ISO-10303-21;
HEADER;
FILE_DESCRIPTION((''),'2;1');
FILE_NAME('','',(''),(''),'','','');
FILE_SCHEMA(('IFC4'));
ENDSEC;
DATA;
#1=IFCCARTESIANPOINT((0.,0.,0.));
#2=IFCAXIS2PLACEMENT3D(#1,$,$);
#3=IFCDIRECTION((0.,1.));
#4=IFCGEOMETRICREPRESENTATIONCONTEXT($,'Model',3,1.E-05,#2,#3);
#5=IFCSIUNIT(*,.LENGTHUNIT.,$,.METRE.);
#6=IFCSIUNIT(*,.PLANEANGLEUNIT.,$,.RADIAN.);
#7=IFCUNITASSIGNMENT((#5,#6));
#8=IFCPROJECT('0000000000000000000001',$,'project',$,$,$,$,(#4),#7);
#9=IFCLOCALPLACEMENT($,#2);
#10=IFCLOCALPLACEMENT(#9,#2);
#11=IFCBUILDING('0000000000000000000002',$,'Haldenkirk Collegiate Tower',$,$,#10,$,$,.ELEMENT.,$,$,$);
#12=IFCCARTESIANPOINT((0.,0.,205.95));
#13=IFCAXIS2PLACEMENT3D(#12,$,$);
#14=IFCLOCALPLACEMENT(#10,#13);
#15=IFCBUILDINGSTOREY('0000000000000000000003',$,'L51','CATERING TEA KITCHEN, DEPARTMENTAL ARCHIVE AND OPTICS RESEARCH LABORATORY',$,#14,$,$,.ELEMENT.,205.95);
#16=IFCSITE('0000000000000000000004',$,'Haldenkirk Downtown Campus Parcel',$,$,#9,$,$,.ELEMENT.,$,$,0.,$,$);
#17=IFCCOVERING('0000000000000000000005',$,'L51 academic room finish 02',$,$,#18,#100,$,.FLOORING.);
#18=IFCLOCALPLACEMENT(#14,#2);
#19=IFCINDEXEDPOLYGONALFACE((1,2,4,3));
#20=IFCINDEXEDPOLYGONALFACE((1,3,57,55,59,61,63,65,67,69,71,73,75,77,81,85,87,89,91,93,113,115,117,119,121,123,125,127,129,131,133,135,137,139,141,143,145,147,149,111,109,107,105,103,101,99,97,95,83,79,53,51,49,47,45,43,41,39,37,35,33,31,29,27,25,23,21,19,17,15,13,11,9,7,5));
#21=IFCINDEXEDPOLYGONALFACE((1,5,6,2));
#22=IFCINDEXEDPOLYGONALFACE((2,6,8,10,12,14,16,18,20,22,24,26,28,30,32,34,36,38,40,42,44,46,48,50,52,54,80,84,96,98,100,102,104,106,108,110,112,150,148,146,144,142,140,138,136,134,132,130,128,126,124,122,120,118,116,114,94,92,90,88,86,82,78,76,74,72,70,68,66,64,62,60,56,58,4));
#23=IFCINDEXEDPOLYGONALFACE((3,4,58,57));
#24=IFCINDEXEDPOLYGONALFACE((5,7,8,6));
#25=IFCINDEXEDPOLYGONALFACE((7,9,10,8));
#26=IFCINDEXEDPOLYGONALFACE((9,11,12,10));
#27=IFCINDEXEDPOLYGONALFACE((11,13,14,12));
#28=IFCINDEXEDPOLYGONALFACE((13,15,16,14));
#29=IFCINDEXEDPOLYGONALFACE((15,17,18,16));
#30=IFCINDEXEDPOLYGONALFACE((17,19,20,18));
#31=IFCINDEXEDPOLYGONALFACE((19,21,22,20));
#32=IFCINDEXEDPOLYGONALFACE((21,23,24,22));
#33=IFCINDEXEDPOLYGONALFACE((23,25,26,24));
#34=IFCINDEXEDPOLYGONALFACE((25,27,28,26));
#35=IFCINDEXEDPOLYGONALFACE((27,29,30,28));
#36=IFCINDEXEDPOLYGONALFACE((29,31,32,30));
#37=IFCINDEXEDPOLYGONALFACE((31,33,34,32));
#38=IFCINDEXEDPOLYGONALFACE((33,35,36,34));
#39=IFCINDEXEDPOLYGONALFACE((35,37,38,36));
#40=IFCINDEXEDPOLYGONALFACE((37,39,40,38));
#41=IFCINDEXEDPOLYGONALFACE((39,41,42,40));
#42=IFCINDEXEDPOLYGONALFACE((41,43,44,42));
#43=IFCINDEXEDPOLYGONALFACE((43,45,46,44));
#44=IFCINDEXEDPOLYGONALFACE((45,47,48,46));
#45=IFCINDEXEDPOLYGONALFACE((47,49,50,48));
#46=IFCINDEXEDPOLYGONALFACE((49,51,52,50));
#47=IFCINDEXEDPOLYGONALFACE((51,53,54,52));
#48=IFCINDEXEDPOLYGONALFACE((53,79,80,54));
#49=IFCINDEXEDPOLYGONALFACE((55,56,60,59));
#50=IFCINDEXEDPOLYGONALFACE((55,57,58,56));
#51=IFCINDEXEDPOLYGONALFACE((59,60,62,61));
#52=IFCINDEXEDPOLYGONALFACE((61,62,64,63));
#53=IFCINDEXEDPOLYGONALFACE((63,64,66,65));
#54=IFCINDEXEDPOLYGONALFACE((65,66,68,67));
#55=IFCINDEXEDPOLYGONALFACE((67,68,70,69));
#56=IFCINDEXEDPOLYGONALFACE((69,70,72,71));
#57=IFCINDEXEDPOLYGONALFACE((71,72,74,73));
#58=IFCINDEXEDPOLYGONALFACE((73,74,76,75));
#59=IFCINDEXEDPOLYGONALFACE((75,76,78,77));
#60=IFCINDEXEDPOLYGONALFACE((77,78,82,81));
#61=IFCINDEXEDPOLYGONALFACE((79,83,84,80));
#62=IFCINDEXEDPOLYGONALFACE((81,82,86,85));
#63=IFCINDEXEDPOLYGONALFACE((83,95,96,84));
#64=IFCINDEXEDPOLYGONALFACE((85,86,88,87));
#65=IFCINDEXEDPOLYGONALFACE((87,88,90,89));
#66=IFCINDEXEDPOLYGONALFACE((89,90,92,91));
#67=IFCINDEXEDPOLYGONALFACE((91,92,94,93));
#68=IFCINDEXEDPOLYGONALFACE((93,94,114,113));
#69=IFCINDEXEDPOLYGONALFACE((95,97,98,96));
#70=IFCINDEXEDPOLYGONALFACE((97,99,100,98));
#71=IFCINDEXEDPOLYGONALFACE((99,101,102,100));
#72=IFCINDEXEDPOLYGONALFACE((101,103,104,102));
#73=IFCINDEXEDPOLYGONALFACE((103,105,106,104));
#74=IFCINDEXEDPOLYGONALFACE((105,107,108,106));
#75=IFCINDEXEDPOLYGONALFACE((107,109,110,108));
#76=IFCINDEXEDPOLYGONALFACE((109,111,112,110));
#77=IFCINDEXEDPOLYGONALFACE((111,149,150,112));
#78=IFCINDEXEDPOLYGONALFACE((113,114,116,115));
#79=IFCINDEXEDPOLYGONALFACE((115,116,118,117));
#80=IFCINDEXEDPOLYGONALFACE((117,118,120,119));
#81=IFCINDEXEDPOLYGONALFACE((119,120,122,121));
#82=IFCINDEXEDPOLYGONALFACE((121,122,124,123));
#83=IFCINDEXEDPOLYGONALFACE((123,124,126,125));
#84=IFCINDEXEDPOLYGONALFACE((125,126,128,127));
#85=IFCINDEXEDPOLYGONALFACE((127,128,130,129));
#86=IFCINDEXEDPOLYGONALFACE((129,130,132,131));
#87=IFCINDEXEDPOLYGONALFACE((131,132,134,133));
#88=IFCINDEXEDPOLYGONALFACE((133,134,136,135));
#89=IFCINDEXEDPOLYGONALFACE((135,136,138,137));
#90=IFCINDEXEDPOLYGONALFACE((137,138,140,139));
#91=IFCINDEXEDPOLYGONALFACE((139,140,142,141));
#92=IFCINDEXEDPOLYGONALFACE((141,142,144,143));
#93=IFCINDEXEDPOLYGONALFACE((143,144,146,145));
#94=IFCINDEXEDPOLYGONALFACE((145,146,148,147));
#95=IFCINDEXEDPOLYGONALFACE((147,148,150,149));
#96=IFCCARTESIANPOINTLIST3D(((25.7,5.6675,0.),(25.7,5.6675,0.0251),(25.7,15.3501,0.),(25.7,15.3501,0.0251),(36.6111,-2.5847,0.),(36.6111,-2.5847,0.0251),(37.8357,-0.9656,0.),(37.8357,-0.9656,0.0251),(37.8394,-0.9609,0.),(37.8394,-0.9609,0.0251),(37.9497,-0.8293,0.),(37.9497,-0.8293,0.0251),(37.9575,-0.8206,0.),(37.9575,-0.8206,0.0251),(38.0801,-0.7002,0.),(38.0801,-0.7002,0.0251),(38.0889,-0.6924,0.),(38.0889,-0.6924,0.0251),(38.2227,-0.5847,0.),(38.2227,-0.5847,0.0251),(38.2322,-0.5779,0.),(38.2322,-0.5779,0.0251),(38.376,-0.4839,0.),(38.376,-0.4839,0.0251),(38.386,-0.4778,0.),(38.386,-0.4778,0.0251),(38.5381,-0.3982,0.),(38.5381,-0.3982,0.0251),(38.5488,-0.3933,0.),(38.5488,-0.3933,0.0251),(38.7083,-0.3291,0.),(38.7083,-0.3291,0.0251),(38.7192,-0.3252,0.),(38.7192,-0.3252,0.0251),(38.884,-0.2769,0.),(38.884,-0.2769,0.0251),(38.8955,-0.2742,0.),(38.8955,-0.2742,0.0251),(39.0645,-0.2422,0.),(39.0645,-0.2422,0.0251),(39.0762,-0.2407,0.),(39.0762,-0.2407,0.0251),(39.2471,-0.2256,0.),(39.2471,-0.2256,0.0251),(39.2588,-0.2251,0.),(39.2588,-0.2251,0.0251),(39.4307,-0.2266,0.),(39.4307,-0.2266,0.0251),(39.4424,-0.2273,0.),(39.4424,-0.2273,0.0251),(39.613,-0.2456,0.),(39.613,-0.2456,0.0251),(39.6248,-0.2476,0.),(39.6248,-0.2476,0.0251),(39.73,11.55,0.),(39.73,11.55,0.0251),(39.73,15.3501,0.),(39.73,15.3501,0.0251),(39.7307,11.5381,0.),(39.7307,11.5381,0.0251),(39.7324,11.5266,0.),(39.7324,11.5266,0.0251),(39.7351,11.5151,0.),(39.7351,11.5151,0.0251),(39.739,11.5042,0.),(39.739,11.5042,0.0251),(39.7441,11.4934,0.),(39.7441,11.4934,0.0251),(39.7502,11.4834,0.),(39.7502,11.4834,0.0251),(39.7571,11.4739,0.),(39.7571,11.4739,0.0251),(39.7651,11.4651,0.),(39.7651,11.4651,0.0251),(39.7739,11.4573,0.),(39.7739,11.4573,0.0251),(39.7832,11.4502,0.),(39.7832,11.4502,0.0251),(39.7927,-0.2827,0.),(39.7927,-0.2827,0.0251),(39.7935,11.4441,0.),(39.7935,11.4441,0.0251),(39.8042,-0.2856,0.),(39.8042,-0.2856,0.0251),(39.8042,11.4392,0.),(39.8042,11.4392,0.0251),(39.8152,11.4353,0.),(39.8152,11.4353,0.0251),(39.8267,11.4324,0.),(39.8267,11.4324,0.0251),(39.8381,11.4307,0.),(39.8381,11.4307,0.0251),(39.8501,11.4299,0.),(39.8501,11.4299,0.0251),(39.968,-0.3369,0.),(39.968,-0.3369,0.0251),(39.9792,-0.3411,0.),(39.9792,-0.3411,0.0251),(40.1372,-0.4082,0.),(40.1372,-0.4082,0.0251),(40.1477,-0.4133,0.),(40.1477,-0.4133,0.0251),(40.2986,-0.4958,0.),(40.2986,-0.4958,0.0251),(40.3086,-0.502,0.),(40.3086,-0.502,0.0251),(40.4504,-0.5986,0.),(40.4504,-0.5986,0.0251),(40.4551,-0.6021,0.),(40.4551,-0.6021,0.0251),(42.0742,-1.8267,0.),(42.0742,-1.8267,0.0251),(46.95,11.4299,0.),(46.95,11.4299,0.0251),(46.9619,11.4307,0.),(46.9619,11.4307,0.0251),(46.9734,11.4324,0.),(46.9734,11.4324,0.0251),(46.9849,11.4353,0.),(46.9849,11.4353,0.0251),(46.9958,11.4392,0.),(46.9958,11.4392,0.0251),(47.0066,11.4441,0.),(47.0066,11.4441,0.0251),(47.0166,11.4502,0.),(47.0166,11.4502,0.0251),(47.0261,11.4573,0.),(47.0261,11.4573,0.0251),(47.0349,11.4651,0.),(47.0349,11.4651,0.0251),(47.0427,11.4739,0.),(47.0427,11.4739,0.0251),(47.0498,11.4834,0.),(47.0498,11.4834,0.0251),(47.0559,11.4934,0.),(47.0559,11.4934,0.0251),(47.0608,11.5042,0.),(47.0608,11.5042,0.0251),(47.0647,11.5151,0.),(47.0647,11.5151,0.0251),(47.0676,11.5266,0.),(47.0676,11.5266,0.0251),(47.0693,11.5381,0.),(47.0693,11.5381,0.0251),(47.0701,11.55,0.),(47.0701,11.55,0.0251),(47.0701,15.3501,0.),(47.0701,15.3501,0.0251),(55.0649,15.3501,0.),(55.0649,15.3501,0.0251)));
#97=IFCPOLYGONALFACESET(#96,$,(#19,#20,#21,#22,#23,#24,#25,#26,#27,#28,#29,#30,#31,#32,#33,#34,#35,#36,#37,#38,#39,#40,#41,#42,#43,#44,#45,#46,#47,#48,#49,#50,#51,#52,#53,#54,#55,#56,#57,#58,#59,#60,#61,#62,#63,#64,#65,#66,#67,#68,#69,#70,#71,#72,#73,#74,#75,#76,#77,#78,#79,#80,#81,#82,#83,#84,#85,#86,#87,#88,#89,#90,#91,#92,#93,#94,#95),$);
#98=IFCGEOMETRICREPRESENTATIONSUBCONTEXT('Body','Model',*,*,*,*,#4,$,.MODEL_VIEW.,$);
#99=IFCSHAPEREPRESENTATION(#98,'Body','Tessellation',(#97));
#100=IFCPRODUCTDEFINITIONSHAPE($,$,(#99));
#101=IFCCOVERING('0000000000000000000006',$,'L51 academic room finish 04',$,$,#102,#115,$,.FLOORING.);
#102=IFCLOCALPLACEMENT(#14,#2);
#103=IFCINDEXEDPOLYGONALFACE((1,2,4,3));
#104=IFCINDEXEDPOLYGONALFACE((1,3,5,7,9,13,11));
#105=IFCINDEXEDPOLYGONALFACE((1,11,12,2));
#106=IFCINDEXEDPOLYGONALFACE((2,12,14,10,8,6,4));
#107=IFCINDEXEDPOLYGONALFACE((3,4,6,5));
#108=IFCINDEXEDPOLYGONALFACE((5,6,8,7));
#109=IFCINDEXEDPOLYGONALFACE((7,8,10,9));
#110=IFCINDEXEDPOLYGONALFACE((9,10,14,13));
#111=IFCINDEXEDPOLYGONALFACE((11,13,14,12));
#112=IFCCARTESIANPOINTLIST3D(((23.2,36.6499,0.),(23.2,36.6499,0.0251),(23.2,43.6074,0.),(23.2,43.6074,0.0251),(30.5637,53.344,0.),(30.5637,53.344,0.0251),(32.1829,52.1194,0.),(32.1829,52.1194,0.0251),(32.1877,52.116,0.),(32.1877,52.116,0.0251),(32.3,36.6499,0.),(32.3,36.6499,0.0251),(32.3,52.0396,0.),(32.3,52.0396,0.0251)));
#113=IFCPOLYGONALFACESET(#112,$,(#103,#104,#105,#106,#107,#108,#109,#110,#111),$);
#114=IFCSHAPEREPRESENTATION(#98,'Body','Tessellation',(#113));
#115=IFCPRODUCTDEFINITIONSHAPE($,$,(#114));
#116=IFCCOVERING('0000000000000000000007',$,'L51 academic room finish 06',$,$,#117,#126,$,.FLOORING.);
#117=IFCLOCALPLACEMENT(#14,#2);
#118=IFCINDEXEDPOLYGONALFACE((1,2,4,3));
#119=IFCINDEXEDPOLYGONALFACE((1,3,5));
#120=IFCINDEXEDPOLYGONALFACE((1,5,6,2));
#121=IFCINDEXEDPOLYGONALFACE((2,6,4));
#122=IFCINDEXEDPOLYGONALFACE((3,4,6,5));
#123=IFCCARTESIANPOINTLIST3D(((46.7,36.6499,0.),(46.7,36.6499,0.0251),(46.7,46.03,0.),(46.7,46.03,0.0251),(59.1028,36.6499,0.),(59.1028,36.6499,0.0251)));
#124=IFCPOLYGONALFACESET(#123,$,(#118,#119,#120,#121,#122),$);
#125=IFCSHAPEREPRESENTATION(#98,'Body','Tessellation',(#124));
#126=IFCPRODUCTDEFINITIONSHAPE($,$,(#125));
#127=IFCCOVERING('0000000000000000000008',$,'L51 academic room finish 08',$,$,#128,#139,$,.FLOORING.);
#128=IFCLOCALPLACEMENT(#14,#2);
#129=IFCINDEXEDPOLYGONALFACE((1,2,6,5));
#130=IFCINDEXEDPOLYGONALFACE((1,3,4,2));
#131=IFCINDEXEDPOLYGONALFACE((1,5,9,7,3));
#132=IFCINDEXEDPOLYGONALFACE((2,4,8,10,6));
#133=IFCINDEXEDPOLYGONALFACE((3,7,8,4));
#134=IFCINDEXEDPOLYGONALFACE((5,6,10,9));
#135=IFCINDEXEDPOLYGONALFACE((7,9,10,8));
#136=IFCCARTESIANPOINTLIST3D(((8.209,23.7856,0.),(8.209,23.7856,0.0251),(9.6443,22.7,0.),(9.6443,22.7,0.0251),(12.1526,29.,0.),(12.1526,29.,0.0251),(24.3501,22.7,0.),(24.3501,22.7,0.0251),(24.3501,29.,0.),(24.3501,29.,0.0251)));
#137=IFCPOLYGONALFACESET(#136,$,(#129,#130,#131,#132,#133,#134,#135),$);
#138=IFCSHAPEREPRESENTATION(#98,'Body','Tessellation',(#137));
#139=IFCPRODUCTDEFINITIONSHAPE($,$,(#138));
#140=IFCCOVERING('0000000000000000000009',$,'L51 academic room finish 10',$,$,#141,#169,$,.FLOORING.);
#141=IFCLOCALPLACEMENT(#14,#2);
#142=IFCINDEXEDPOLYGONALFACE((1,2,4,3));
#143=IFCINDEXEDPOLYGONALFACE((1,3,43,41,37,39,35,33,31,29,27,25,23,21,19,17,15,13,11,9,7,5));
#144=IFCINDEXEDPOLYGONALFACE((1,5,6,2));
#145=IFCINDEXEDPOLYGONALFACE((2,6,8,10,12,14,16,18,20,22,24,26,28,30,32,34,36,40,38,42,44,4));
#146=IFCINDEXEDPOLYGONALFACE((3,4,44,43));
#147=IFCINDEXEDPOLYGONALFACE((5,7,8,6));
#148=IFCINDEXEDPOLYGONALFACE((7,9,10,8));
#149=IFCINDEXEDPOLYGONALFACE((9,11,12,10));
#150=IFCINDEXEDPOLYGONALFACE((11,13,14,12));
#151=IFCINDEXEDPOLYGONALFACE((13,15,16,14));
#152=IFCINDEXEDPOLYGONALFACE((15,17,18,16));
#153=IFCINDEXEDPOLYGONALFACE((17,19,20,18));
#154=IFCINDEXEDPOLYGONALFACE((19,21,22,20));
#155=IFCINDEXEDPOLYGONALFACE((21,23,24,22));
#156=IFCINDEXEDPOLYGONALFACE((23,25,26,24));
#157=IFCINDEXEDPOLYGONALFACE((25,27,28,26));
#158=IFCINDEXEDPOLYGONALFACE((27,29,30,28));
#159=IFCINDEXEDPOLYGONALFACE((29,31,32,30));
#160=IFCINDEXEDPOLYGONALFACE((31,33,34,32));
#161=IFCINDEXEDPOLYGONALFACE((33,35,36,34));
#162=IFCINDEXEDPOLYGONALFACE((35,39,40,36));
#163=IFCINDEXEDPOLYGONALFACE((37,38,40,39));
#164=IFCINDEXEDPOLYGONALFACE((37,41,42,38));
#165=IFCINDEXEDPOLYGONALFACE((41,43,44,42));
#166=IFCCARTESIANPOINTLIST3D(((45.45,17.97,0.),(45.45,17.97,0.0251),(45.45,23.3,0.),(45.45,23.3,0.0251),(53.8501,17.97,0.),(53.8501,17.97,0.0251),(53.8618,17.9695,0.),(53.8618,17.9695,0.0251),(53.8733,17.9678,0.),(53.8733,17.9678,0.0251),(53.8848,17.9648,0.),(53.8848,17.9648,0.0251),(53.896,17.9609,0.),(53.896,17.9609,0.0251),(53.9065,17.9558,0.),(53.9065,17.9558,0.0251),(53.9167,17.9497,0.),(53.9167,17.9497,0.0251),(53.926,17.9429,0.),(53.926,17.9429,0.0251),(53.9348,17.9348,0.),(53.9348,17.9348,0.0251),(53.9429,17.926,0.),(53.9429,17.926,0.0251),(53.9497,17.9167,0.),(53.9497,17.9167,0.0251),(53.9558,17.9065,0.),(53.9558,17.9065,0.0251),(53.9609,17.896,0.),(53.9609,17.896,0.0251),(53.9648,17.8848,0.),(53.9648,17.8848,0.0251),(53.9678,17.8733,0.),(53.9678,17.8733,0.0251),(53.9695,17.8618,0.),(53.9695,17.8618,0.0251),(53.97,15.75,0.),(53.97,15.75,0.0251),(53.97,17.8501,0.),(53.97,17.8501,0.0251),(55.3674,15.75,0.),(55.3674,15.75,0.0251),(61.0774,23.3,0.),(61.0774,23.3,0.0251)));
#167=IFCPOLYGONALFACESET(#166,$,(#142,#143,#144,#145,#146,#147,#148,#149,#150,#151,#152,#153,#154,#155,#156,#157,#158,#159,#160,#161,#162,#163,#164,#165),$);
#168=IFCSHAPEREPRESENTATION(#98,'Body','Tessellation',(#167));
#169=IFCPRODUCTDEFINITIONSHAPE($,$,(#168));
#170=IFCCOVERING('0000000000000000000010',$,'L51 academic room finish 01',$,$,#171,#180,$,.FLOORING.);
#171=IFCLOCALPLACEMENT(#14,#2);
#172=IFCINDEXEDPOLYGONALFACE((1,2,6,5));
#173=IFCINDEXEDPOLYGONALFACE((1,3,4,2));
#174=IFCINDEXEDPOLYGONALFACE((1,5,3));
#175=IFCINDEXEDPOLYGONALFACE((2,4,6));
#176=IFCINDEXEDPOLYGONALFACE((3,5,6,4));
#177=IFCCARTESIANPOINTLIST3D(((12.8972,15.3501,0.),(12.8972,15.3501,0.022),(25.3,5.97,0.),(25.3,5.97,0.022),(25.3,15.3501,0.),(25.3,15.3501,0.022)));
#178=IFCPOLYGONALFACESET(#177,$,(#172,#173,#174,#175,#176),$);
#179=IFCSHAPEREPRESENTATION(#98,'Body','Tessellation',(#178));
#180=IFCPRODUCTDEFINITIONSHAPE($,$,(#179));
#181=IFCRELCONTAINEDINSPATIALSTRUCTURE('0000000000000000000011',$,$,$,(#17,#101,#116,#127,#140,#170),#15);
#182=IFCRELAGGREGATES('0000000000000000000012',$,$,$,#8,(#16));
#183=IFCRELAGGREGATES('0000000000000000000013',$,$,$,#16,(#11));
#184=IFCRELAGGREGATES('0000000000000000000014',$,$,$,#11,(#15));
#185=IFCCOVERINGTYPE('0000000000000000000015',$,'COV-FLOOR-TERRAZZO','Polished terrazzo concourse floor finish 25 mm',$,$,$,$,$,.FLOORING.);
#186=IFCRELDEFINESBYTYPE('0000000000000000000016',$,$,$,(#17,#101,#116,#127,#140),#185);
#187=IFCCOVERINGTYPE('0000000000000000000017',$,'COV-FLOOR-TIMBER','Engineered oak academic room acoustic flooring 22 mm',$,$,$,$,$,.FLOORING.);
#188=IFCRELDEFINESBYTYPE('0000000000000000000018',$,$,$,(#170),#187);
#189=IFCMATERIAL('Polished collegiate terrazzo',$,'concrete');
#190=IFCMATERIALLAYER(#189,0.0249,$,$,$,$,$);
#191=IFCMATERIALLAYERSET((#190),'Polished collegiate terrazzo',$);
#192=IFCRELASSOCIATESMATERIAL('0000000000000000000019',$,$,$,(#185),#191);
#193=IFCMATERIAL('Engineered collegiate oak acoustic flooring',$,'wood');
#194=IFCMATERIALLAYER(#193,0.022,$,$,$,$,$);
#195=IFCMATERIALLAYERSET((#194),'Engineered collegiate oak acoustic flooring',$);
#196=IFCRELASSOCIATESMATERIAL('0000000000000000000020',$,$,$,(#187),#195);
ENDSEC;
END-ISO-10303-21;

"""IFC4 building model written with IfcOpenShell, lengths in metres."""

from ifc_helpers import new_model, si_unit, direction, frame, origin, place, context, subcontext, project, spatial, polyline, outline, extrude, material, layer, layer_set, type_object, element, save


model = new_model("IFC4")

# Units and contexts
model_context = context("Model", 3, precision=1e-05, world=origin(), true_north=direction((0.0, 1.0)))
body_context = subcontext(model_context, "Body", "Model", "MODEL_VIEW")
ifc_project = project(units=[si_unit("LENGTHUNIT", "METRE"), si_unit("PLANEANGLEUNIT", "RADIAN")], contexts=[model_context])

# Site, building, storey
site_placement = place(None, origin())
site = spatial("IfcSite", under=ifc_project, at=site_placement, Name="Haldenkirk Downtown Campus Parcel", CompositionType="ELEMENT", RefElevation=0.0)
building_placement = place(site_placement, origin())
building = spatial("IfcBuilding", under=site, at=building_placement, Name="Haldenkirk Collegiate Tower", CompositionType="ELEMENT")
storey_placement = place(building_placement, frame((0.0, 0.0, 205.95)))
storey = spatial("IfcBuildingStorey", under=building, at=storey_placement, Name="L51", Description="CATERING TEA KITCHEN, DEPARTMENTAL ARCHIVE AND OPTICS RESEARCH LABORATORY", CompositionType="ELEMENT", Elevation=205.95)

# Coverings
ifc_material_1 = material(Name="Polished collegiate terrazzo", Category="concrete")
ifc_layer_1 = layer(ifc_material_1, 0.0249)
ifc_layer_set_1 = layer_set([ifc_layer_1], Name="Polished collegiate terrazzo")
covering_type_1 = type_object("IfcCoveringType", Name="COV-FLOOR-TERRAZZO", Description="Polished terrazzo concourse floor finish 25 mm", PredefinedType="FLOORING", material=ifc_layer_set_1)
covering_1_placement = place(storey_placement, origin())
element("IfcCovering", 1, at=covering_1_placement, inside=storey, type_object=covering_type_1, Name="L51 academic room finish 02", PredefinedType="FLOORING", context=body_context, shape_type="SweptSolid", body=[
    extrude(outline(polyline([(39.8042, -0.2856), (39.7927, -0.2827), (39.6248, -0.2476), (39.613, -0.2456), (39.4424, -0.2273), (39.4307, -0.2266), (39.2588, -0.2251), (39.2471, -0.2256), (39.0762, -0.2407), (39.0645, -0.2422), (38.8955, -0.2742), (38.884, -0.2769), (38.7192, -0.3252), (38.7083, -0.3291), (38.5488, -0.3933), (38.5381, -0.3982), (38.386, -0.4778), (38.376, -0.4839), (38.2322, -0.5779), (38.2227, -0.5847), (38.0889, -0.6924), (38.0801, -0.7002), (37.9575, -0.8206), (37.9497, -0.8293), (37.8394, -0.9609), (37.8357, -0.9656), (36.6111, -2.5847), (25.7, 5.6675), (25.7, 15.3501), (39.73, 15.3501), (39.73, 11.55), (39.7307, 11.5381), (39.7324, 11.5266), (39.7351, 11.5151), (39.739, 11.5042), (39.7441, 11.4934), (39.7502, 11.4834), (39.7571, 11.4739), (39.7651, 11.4651), (39.7739, 11.4573), (39.7832, 11.4502), (39.7935, 11.4441), (39.8042, 11.4392), (39.8152, 11.4353), (39.8267, 11.4324), (39.8381, 11.4307), (39.8501, 11.4299), (46.95, 11.4299), (46.9619, 11.4307), (46.9734, 11.4324), (46.9849, 11.4353), (46.9958, 11.4392), (47.0066, 11.4441), (47.0166, 11.4502), (47.0261, 11.4573), (47.0349, 11.4651), (47.0427, 11.4739), (47.0498, 11.4834), (47.0559, 11.4934), (47.0608, 11.5042), (47.0647, 11.5151), (47.0676, 11.5266), (47.0693, 11.5381), (47.0701, 11.55), (47.0701, 15.3501), (55.0649, 15.3501), (42.0742, -1.8267), (40.4551, -0.6021), (40.4504, -0.5986), (40.3086, -0.502), (40.2986, -0.4958), (40.1477, -0.4133), (40.1372, -0.4082), (39.9792, -0.3411), (39.968, -0.3369), (39.8042, -0.2856)])), origin(), (0.0, 0.0, 1.0), 0.0251),
])
covering_2_placement = place(storey_placement, origin())
element("IfcCovering", 2, at=covering_2_placement, inside=storey, type_object=covering_type_1, Name="L51 academic room finish 04", PredefinedType="FLOORING", context=body_context, shape_type="SweptSolid", body=[
    extrude(outline(polyline([(32.1829, 52.1194), (32.1877, 52.116), (32.3, 52.0396), (32.3, 36.6499), (23.2, 36.6499), (23.2, 43.6074), (30.5637, 53.344), (32.1829, 52.1194)])), origin(), (0.0, 0.0, 1.0), 0.0251),
])
covering_3_placement = place(storey_placement, origin())
element("IfcCovering", 3, at=covering_3_placement, inside=storey, type_object=covering_type_1, Name="L51 academic room finish 06", PredefinedType="FLOORING", context=body_context, shape_type="SweptSolid", body=[
    extrude(outline(polyline([(59.1028, 36.6499), (46.7, 36.6499), (46.7, 46.03), (59.1028, 36.6499)])), origin(), (0.0, 0.0, 1.0), 0.0251),
])
covering_4_placement = place(storey_placement, origin())
element("IfcCovering", 4, at=covering_4_placement, inside=storey, type_object=covering_type_1, Name="L51 academic room finish 08", PredefinedType="FLOORING", context=body_context, shape_type="SweptSolid", body=[
    extrude(outline(polyline([(8.209, 23.7856), (12.1526, 29.0), (24.3501, 29.0), (24.3501, 22.7), (9.6443, 22.7), (8.209, 23.7856)])), origin(), (0.0, 0.0, 1.0), 0.0251),
])
covering_5_placement = place(storey_placement, origin())
element("IfcCovering", 5, at=covering_5_placement, inside=storey, type_object=covering_type_1, Name="L51 academic room finish 10", PredefinedType="FLOORING", context=body_context, shape_type="SweptSolid", body=[
    extrude(outline(polyline([(55.3674, 15.75), (53.97, 15.75), (53.97, 17.8501), (53.9695, 17.8618), (53.9678, 17.8733), (53.9648, 17.8848), (53.9609, 17.896), (53.9558, 17.9065), (53.9497, 17.9167), (53.9429, 17.926), (53.9348, 17.9348), (53.926, 17.9429), (53.9167, 17.9497), (53.9065, 17.9558), (53.896, 17.9609), (53.8848, 17.9648), (53.8733, 17.9678), (53.8618, 17.9695), (53.8501, 17.97), (45.45, 17.97), (45.45, 23.3), (61.0774, 23.3), (55.3674, 15.75)])), origin(), (0.0, 0.0, 1.0), 0.0251),
])
ifc_material_2 = material(Name="Engineered collegiate oak acoustic flooring", Category="wood")
ifc_layer_2 = layer(ifc_material_2, 0.022)
ifc_layer_set_2 = layer_set([ifc_layer_2], Name="Engineered collegiate oak acoustic flooring")
covering_type_2 = type_object("IfcCoveringType", Name="COV-FLOOR-TIMBER", Description="Engineered oak academic room acoustic flooring 22 mm", PredefinedType="FLOORING", material=ifc_layer_set_2)
covering_6_placement = place(storey_placement, origin())
element("IfcCovering", 6, at=covering_6_placement, inside=storey, type_object=covering_type_2, Name="L51 academic room finish 01", PredefinedType="FLOORING", context=body_context, shape_type="SweptSolid", body=[
    extrude(outline(polyline([(12.8972, 15.3501), (25.3, 15.3501), (25.3, 5.97), (12.8972, 15.3501)])), origin(), (0.0, 0.0, 1.0), 0.022),
])

save(model, "model.ifc")
